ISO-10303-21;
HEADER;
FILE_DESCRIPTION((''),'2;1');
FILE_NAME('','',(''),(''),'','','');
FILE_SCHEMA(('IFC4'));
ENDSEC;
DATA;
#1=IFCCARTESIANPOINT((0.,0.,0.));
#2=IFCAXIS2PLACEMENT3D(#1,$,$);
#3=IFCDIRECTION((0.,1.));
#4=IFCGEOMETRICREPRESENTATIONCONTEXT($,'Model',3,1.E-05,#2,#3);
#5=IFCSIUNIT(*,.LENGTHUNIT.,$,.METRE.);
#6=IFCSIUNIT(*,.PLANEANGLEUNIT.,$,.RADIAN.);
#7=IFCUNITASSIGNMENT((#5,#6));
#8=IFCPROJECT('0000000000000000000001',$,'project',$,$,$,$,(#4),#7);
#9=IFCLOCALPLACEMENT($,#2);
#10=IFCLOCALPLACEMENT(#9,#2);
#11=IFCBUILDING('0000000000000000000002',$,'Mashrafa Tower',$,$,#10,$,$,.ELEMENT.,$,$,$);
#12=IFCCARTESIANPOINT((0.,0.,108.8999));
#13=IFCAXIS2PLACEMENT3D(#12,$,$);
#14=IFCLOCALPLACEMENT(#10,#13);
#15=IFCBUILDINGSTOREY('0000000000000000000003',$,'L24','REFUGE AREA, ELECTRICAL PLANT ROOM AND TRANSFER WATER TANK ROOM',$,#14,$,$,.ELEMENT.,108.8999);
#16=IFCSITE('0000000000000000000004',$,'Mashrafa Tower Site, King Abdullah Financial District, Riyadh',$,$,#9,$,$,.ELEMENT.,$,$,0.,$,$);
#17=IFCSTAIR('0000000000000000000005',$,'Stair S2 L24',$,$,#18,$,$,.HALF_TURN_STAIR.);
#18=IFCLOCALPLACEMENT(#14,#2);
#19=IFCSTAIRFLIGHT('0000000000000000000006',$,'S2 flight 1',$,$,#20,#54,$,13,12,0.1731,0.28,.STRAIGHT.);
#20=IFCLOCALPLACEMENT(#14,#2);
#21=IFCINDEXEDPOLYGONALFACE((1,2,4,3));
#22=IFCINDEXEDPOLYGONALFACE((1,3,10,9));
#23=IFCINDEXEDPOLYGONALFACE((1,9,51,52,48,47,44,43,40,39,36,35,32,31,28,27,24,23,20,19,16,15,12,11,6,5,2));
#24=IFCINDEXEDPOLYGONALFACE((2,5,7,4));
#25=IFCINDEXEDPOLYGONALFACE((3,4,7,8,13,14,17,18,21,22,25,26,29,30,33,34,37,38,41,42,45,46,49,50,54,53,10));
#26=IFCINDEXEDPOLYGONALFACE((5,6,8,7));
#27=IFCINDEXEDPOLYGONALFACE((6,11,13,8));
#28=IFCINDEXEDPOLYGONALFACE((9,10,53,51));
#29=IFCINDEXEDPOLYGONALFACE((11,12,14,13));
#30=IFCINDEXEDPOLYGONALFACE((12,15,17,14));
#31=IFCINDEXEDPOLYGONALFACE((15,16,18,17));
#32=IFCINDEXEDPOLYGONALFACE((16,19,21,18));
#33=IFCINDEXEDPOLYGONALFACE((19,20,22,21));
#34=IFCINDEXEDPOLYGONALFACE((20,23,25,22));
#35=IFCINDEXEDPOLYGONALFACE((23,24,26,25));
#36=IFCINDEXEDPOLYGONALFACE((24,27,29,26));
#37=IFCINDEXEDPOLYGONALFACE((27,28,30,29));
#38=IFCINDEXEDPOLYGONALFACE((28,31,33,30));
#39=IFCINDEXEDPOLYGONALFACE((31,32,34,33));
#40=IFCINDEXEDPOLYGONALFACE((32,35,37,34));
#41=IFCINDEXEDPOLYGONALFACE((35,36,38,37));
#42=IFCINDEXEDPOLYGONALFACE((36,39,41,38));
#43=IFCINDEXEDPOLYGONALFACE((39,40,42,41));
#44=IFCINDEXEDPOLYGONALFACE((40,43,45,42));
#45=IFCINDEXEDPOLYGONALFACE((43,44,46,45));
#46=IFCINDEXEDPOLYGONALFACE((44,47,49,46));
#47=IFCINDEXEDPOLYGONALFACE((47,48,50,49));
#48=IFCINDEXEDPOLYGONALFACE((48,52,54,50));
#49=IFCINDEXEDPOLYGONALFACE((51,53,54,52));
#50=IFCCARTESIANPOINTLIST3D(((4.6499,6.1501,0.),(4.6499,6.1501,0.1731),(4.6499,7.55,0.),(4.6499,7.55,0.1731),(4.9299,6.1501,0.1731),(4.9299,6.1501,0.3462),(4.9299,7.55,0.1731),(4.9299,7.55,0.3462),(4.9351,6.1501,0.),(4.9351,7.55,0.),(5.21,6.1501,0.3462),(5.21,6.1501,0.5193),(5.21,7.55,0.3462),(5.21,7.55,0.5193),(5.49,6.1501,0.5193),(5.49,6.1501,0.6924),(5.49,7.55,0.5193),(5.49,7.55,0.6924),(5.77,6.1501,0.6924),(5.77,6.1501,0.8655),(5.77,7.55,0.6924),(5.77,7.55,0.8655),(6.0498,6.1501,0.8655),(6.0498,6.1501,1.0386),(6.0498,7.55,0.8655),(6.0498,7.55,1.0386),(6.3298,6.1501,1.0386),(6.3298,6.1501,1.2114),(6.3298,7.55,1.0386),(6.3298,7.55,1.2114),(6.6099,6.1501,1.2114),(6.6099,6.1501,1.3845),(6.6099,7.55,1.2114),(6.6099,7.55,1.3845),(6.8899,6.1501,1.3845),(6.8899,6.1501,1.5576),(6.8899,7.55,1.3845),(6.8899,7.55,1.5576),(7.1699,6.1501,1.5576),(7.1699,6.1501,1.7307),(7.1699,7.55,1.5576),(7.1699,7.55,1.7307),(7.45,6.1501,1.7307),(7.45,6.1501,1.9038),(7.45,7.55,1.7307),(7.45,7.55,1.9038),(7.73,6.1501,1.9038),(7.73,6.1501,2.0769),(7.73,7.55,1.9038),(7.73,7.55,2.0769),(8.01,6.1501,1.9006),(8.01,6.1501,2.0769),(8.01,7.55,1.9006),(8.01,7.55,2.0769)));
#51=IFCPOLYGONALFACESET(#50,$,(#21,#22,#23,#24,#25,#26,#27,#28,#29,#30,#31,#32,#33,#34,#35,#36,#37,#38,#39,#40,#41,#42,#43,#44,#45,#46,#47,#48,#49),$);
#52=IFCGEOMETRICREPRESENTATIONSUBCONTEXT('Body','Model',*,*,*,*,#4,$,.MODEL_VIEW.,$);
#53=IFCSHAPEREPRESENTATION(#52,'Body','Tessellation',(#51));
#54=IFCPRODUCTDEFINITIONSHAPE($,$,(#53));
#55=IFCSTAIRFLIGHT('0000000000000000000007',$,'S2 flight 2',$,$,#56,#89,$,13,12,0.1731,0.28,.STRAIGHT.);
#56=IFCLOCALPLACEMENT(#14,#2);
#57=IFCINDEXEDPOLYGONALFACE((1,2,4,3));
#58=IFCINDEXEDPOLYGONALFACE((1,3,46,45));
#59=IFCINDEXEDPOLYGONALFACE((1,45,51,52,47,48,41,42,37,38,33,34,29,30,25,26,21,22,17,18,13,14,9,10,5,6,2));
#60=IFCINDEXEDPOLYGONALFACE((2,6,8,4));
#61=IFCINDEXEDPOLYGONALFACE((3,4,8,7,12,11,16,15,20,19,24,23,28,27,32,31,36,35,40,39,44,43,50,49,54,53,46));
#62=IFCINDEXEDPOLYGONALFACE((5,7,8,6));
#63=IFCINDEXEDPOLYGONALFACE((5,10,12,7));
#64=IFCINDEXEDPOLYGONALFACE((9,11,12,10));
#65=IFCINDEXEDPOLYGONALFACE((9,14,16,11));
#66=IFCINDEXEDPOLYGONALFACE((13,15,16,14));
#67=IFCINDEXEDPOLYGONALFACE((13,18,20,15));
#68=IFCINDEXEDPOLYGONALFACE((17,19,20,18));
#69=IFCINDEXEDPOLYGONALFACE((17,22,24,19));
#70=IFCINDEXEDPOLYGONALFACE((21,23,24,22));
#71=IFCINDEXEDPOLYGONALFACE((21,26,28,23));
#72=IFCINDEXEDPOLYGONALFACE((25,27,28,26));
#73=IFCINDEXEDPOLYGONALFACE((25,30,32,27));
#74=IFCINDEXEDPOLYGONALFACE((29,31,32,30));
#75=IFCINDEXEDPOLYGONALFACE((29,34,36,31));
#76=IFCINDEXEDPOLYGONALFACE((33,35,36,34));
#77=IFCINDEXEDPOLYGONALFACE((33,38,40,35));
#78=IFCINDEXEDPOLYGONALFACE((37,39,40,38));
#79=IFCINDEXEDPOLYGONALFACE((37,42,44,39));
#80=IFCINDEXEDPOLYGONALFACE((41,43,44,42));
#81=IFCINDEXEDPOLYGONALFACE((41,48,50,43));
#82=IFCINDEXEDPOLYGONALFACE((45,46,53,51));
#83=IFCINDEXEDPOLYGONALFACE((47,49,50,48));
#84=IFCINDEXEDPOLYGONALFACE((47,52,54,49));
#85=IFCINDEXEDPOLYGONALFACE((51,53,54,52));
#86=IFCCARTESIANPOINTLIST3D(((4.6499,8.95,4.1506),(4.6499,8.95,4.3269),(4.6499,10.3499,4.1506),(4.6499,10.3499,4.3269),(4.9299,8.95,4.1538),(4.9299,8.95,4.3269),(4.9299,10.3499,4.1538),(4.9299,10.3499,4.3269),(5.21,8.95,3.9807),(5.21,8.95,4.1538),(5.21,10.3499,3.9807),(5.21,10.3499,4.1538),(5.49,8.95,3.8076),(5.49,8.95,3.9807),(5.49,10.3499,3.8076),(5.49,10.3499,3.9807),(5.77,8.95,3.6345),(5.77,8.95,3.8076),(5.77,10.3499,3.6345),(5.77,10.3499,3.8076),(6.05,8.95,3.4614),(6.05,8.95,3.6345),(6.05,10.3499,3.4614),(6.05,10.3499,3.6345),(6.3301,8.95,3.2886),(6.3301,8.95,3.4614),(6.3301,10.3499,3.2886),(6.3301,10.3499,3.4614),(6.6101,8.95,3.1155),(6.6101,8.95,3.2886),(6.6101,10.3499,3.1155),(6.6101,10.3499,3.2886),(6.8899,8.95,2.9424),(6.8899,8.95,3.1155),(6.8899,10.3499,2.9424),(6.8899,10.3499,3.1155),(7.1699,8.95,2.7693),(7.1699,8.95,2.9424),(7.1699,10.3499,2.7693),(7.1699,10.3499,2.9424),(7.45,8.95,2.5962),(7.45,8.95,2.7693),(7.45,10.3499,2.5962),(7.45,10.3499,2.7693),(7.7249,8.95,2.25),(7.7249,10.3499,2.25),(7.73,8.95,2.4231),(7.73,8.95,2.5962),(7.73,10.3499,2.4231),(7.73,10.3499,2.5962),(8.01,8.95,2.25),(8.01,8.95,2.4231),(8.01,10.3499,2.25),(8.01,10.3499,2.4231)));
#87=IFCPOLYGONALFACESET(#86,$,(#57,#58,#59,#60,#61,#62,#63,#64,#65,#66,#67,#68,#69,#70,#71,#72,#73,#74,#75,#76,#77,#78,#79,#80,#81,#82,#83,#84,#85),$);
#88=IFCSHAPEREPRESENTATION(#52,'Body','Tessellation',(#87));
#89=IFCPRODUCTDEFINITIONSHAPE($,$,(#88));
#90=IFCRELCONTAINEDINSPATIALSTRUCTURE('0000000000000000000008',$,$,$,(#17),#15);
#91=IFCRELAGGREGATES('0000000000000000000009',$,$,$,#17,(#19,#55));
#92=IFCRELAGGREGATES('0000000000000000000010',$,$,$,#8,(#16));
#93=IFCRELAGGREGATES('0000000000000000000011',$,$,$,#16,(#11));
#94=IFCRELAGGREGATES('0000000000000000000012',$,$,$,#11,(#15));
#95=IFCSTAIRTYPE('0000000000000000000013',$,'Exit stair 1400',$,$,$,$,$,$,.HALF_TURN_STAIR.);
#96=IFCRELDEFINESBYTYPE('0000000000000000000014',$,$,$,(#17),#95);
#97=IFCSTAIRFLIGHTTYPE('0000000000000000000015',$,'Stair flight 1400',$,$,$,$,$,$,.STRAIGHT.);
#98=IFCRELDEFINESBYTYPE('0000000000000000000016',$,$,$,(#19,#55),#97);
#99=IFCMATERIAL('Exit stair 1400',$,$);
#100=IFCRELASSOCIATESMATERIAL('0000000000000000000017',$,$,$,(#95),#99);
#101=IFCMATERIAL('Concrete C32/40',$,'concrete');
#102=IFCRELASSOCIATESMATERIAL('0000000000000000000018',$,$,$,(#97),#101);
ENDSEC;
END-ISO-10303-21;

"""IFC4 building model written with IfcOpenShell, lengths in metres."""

from ifc_helpers import new_model, si_unit, direction, frame, origin, place, context, subcontext, project, spatial, polyline, outline, extrude, material, type_object, element, aggregate, save


model = new_model("IFC4")

# Units and contexts
model_context = context("Model", 3, precision=1e-05, world=origin(), true_north=direction((0.0, 1.0)))
body_context = subcontext(model_context, "Body", "Model", "MODEL_VIEW")
ifc_project = project(units=[si_unit("LENGTHUNIT", "METRE"), si_unit("PLANEANGLEUNIT", "RADIAN")], contexts=[model_context])

# Site, building, storey
site_placement = place(None, origin())
site = spatial("IfcSite", under=ifc_project, at=site_placement, Name="Mashrafa Tower Site, King Abdullah Financial District, Riyadh", CompositionType="ELEMENT", RefElevation=0.0)
building_placement = place(site_placement, origin())
building = spatial("IfcBuilding", under=site, at=building_placement, Name="Mashrafa Tower", CompositionType="ELEMENT")
storey_placement = place(building_placement, frame((0.0, 0.0, 108.8999)))
storey = spatial("IfcBuildingStorey", under=building, at=storey_placement, Name="L24", Description="REFUGE AREA, ELECTRICAL PLANT ROOM AND TRANSFER WATER TANK ROOM", CompositionType="ELEMENT", Elevation=108.8999)

# Stair, stair flights
ifc_material_1 = material(Name="Exit stair 1400")
stair_type = type_object("IfcStairType", Name="Exit stair 1400", PredefinedType="HALF_TURN_STAIR", material=ifc_material_1)
stair_placement = place(storey_placement, origin())
stair = element("IfcStair", 1, at=stair_placement, inside=storey, type_object=stair_type, Name="Stair S2 L24", PredefinedType="HALF_TURN_STAIR")
ifc_material_2 = material(Name="Concrete C32/40", Category="concrete")
stair_flight_type = type_object("IfcStairFlightType", Name="Stair flight 1400", PredefinedType="STRAIGHT", material=ifc_material_2)
stair_flight_1_placement = place(storey_placement, frame((4.6499, 6.8501, 0.0), z_axis=(0.0, 0.0, 1.0), x_axis=(1.0, 0.0, 0.0)))
stair_flight_1 = element("IfcStairFlight", 2, at=stair_flight_1_placement, type_object=stair_flight_type, Name="S2 flight 1", NumberOfRisers=13, NumberOfTreads=12, PredefinedType="STRAIGHT", RiserHeight=0.1731, TreadLength=0.28, context=body_context, shape_type="SweptSolid", body=[
    extrude(outline(polyline([(0.0, 0.0), (0.0, 0.1731), (0.28, 0.1731), (0.28, 0.3462), (0.5601, 0.3462), (0.5601, 0.5193), (0.8401, 0.5193), (0.8401, 0.6924), (1.1201, 0.6924), (1.1201, 0.8655), (1.3999, 0.8655), (1.3999, 1.0386), (1.6799, 1.0386), (1.6799, 1.2114), (1.96, 1.2114), (1.96, 1.3845), (2.24, 1.3845), (2.24, 1.5576), (2.52, 1.5576), (2.52, 1.7307), (2.8, 1.7307), (2.8, 1.9038), (3.0801, 1.9038), (3.0801, 2.0769), (3.3601, 2.0769), (3.3601, 2.25), (3.3601, 1.9006), (0.2852, 0.0), (0.0, 0.0)])), frame((0.0, 0.7, 0.0), z_axis=(0.0, -1.0, 0.0), x_axis=(1.0, 0.0, 0.0)), (0.0, 0.0, 1.0), 1.3999),
])
stair_flight_2_placement = place(storey_placement, frame((8.01, 9.6499, 2.25), z_axis=(0.0, 0.0, 1.0), x_axis=(-1.0, 0.0, 0.0)))
stair_flight_2 = element("IfcStairFlight", 3, at=stair_flight_2_placement, type_object=stair_flight_type, Name="S2 flight 2", NumberOfRisers=13, NumberOfTreads=12, PredefinedType="STRAIGHT", RiserHeight=0.1731, TreadLength=0.28, context=body_context, shape_type="SweptSolid", body=[
    extrude(outline(polyline([(0.0, 0.0), (0.0, 0.1731), (0.28, 0.1731), (0.28, 0.3462), (0.5601, 0.3462), (0.5601, 0.5193), (0.8401, 0.5193), (0.8401, 0.6924), (1.1201, 0.6924), (1.1201, 0.8655), (1.3999, 0.8655), (1.3999, 1.0386), (1.6799, 1.0386), (1.6799, 1.2114), (1.96, 1.2114), (1.96, 1.3845), (2.24, 1.3845), (2.24, 1.5576), (2.52, 1.5576), (2.52, 1.7307), (2.8, 1.7307), (2.8, 1.9038), (3.0801, 1.9038), (3.0801, 2.0769), (3.3601, 2.0769), (3.3601, 2.25), (3.3601, 1.9006), (0.2852, 0.0), (0.0, 0.0)])), frame((0.0, 0.7, 0.0), z_axis=(0.0, -1.0, 0.0), x_axis=(1.0, 0.0, 0.0)), (0.0, 0.0, 1.0), 1.3999),
])
aggregate(stair, [stair_flight_1, stair_flight_2])

save(model, "model.ifc")
